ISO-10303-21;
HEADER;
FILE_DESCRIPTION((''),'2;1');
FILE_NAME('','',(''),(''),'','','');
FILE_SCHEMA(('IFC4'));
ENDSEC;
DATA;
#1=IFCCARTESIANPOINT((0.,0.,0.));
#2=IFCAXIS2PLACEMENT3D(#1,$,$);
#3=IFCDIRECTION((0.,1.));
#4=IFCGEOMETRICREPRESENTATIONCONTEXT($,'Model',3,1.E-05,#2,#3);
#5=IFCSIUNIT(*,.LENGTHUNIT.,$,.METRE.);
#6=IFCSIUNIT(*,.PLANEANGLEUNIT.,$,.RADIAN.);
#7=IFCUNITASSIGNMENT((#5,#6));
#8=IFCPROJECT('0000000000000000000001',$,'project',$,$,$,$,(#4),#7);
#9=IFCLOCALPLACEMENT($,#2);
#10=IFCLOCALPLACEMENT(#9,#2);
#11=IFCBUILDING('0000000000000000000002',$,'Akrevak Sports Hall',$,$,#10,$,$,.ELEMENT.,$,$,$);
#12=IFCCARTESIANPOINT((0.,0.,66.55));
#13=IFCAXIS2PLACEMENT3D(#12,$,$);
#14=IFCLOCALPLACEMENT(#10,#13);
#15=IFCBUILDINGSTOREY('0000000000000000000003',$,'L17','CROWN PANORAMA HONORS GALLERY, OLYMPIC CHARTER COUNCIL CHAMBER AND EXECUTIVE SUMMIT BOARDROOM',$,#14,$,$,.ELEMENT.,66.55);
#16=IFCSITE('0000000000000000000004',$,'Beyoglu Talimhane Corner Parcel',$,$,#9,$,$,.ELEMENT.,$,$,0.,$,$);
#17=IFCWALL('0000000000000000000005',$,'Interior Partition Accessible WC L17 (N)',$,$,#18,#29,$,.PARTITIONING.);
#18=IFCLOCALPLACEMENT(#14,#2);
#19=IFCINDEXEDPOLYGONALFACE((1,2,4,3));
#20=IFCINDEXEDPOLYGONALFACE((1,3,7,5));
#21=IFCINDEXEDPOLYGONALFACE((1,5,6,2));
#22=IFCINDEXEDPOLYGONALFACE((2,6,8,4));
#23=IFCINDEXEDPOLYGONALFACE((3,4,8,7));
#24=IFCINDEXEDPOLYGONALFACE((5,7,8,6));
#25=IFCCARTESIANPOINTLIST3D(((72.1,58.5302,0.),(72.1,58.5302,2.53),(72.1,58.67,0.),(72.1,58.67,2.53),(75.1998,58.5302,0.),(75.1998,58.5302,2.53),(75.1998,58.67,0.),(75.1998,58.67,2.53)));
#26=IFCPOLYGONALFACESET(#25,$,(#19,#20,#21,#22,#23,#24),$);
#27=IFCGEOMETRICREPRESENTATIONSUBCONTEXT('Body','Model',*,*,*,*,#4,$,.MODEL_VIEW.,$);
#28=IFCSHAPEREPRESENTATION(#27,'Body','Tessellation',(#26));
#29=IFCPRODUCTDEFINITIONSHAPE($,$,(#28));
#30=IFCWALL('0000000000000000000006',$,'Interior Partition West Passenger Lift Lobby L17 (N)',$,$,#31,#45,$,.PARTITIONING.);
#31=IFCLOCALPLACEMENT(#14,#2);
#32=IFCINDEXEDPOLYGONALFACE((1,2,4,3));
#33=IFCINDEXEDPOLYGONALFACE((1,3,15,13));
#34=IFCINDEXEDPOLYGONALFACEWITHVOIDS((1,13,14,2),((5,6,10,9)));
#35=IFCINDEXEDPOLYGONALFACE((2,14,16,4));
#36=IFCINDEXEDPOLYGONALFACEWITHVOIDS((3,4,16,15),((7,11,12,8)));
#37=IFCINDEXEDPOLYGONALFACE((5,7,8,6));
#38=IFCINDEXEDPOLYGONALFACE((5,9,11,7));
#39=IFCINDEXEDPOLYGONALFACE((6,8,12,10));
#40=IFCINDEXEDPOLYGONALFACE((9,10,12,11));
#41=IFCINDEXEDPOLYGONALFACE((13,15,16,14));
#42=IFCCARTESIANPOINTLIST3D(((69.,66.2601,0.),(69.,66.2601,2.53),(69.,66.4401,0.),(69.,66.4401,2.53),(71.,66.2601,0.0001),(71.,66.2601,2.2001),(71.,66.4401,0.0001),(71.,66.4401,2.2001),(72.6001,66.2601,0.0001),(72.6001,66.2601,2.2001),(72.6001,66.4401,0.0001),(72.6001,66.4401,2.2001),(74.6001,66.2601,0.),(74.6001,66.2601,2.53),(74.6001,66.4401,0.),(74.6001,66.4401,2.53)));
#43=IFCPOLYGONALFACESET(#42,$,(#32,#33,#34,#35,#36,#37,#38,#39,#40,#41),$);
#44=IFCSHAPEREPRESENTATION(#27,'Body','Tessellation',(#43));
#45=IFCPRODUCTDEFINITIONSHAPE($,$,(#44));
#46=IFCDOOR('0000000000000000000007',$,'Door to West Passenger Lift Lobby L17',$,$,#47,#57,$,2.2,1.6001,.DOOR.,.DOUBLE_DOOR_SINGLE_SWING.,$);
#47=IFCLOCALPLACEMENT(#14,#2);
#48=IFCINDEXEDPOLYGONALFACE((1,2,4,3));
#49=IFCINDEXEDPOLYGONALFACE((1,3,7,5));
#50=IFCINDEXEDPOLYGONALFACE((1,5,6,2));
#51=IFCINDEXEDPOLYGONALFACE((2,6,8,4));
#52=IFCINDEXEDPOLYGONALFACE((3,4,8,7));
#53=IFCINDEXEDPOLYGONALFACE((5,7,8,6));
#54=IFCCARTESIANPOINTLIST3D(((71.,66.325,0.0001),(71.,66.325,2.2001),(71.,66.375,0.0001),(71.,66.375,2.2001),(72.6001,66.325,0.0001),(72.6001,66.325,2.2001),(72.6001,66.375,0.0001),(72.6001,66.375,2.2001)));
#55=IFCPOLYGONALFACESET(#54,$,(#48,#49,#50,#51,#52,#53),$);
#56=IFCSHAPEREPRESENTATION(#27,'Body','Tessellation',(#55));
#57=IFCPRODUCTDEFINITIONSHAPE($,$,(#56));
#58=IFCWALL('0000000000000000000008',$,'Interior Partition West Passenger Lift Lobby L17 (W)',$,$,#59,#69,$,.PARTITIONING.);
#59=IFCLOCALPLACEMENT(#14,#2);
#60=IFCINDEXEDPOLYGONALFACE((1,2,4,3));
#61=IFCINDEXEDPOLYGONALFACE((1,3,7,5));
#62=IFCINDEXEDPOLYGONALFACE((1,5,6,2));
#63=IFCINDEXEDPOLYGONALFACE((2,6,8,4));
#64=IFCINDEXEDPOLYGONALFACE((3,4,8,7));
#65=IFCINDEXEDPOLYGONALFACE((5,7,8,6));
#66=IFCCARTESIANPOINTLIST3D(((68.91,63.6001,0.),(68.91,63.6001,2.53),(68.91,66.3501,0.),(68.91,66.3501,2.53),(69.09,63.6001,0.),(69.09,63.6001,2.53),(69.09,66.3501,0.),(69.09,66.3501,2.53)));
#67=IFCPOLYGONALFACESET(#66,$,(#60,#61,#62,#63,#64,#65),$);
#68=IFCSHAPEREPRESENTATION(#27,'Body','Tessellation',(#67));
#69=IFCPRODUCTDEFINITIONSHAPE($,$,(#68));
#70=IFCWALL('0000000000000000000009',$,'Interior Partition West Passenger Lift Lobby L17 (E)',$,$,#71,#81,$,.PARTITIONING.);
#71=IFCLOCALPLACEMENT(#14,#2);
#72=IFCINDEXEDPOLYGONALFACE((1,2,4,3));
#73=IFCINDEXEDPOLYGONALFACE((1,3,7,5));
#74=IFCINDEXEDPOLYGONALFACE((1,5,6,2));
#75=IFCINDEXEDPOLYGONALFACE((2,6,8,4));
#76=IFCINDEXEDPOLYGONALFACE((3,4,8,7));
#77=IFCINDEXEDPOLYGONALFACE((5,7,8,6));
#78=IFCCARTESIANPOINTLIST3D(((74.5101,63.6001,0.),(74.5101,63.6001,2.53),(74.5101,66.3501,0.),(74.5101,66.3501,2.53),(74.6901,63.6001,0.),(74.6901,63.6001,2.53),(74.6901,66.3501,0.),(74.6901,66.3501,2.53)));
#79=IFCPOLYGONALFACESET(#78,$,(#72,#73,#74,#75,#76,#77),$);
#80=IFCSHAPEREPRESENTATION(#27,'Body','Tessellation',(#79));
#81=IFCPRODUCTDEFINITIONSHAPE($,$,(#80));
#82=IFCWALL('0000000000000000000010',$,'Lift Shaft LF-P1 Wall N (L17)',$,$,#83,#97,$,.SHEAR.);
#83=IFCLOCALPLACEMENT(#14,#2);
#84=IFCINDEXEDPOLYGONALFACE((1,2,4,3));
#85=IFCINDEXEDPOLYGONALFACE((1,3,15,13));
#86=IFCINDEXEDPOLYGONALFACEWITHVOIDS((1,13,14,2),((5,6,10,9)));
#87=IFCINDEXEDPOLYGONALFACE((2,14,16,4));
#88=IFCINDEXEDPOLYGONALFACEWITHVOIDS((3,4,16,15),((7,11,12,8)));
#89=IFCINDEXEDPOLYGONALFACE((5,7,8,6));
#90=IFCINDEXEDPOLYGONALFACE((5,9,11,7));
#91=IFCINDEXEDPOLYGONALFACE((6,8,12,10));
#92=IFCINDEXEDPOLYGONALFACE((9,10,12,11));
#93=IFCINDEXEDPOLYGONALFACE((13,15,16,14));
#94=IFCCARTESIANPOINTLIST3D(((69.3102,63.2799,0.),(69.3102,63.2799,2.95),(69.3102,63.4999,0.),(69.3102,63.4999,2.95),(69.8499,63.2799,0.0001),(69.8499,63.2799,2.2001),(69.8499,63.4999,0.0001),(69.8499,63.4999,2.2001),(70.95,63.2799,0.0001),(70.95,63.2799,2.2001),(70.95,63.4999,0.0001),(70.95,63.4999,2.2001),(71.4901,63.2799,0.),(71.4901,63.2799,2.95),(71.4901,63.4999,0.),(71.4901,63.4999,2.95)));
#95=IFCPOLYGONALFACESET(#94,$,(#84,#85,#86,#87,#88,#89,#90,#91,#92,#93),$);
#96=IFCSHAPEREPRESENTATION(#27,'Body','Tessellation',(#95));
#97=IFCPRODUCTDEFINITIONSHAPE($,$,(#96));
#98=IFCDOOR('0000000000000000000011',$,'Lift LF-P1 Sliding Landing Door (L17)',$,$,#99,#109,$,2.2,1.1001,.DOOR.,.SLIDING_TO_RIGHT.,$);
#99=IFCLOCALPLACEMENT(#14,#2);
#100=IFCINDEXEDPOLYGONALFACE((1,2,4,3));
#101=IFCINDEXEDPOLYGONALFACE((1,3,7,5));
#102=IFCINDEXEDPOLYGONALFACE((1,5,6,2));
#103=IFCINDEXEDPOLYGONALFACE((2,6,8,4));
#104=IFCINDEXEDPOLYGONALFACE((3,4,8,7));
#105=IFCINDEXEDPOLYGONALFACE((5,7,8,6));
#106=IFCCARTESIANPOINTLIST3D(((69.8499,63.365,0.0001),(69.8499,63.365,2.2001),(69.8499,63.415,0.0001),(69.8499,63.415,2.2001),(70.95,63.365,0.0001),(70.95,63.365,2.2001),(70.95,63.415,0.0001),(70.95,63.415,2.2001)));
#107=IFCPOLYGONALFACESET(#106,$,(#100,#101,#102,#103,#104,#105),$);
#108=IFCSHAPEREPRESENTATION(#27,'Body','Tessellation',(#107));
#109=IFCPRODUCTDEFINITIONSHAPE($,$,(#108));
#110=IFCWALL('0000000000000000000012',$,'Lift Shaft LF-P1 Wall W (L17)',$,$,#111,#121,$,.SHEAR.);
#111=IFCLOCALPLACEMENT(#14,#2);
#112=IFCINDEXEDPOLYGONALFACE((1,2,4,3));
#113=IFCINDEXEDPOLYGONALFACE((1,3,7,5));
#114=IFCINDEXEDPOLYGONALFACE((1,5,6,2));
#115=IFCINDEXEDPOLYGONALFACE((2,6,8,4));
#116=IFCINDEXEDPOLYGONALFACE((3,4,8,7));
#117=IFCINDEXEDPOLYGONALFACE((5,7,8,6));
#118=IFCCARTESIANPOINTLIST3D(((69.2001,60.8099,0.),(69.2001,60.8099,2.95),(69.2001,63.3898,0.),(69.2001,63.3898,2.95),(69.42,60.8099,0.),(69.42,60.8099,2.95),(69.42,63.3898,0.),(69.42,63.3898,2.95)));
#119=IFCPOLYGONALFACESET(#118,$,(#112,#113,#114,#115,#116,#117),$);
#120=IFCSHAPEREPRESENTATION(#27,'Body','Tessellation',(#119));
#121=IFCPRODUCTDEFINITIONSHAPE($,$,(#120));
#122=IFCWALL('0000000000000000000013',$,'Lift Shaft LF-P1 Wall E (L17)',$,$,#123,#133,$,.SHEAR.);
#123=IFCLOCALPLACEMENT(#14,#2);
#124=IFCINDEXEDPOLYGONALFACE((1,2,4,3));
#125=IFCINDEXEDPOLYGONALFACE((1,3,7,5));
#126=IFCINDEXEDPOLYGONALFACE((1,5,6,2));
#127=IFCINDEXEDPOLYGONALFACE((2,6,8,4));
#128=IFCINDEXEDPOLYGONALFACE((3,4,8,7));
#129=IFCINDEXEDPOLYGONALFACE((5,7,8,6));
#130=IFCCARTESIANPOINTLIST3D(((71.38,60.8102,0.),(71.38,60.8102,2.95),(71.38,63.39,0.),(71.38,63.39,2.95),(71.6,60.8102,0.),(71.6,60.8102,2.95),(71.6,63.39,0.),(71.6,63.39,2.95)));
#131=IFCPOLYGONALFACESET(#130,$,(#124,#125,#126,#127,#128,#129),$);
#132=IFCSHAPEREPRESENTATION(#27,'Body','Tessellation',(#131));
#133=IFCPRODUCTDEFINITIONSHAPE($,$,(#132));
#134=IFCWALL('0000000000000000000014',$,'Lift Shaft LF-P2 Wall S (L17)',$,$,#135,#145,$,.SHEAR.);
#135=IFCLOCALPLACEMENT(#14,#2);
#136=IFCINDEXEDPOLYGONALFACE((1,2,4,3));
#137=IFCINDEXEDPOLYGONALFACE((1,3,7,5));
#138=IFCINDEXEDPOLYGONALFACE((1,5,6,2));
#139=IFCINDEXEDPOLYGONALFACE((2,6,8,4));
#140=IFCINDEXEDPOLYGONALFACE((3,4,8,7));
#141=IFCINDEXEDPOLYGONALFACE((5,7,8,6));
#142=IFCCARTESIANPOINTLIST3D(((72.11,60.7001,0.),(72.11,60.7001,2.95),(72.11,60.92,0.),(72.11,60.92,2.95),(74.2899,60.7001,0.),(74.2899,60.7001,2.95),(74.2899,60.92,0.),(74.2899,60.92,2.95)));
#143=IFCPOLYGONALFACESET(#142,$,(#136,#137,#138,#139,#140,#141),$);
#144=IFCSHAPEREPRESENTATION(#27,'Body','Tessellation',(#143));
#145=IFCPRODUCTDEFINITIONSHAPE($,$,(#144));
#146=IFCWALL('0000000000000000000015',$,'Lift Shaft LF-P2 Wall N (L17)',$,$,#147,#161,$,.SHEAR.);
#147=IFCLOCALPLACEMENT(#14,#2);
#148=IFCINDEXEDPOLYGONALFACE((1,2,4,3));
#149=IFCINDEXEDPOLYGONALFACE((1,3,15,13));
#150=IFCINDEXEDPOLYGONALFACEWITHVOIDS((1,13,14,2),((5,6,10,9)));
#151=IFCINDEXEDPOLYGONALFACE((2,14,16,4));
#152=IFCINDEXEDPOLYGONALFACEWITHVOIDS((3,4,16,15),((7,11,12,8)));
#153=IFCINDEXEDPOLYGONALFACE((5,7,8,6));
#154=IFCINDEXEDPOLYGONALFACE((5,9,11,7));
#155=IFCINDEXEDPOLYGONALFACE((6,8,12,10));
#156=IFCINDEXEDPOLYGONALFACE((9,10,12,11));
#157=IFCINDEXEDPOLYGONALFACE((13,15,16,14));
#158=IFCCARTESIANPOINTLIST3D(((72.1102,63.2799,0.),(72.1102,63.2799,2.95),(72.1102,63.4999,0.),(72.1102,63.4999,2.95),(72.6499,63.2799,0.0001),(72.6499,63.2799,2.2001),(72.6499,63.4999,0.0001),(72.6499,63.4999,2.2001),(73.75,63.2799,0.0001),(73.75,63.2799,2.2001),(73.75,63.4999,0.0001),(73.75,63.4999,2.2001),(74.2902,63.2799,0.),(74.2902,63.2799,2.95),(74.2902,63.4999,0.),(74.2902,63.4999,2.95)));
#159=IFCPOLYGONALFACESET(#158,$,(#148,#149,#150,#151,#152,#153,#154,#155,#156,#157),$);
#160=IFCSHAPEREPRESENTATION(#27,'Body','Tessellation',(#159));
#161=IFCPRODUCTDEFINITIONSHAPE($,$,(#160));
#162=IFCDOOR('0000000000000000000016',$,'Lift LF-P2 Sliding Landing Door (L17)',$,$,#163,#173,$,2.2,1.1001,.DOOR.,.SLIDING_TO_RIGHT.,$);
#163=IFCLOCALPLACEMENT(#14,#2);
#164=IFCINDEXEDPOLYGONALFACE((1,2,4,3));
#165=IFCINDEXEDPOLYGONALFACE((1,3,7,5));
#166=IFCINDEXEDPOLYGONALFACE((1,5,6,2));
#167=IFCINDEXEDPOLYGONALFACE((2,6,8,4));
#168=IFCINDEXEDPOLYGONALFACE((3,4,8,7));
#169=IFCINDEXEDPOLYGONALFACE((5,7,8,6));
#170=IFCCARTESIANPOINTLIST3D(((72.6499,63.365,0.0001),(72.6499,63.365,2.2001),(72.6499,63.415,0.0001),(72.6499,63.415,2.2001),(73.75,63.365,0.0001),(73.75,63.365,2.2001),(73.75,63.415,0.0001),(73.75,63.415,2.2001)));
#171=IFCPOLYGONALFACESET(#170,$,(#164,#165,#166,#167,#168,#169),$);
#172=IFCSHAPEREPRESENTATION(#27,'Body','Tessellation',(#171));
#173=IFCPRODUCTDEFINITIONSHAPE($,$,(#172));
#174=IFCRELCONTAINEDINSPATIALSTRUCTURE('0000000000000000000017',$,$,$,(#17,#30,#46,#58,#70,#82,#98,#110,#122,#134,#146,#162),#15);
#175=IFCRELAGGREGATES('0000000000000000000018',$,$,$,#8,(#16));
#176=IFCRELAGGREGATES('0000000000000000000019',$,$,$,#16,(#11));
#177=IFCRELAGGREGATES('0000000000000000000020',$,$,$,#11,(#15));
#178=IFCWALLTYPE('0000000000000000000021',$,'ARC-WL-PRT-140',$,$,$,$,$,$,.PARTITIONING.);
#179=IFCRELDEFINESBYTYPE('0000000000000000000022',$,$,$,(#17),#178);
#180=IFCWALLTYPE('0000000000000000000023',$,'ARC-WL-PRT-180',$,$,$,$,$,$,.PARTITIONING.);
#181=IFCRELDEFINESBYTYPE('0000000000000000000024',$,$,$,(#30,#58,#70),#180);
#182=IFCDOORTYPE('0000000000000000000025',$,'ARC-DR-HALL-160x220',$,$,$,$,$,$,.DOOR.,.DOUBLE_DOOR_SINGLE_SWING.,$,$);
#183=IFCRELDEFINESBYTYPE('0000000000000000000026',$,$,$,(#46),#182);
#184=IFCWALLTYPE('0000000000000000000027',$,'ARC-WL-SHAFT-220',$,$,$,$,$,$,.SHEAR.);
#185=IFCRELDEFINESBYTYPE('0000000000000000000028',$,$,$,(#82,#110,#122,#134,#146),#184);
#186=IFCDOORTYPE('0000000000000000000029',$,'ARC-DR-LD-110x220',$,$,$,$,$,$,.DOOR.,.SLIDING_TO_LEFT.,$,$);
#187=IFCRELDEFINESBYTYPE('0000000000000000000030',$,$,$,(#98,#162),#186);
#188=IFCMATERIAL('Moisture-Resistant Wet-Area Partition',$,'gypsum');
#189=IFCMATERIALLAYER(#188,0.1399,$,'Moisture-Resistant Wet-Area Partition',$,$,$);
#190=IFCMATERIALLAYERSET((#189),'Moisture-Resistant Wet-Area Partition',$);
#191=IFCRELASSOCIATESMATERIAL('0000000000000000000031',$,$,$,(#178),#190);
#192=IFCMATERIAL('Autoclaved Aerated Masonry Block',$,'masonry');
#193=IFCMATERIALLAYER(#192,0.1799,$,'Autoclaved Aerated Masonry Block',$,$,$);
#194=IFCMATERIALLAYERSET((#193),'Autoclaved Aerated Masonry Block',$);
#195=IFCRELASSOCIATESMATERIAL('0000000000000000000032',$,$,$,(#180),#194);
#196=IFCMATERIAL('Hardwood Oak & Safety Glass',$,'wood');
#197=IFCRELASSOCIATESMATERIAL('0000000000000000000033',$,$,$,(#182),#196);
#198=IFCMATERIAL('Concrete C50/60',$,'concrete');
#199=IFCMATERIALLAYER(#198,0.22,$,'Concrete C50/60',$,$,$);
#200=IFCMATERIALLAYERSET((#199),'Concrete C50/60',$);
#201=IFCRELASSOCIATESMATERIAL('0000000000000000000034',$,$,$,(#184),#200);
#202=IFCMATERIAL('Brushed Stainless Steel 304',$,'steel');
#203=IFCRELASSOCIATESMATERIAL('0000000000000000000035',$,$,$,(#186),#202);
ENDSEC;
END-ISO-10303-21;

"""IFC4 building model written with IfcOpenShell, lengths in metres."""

from ifc_helpers import new_model, si_unit, direction, frame, frame_2d, origin, place, context, subcontext, project, spatial, rectangle, extrude, material, layer, layer_set, type_object, element, fill, save


model = new_model("IFC4")

# Units and contexts
model_context = context("Model", 3, precision=1e-05, world=origin(), true_north=direction((0.0, 1.0)))
body_context = subcontext(model_context, "Body", "Model", "MODEL_VIEW")
ifc_project = project(units=[si_unit("LENGTHUNIT", "METRE"), si_unit("PLANEANGLEUNIT", "RADIAN")], contexts=[model_context])

# Site, building, storey
site_placement = place(None, origin())
site = spatial("IfcSite", under=ifc_project, at=site_placement, Name="Beyoglu Talimhane Corner Parcel", CompositionType="ELEMENT", RefElevation=0.0)
building_placement = place(site_placement, origin())
building = spatial("IfcBuilding", under=site, at=building_placement, Name="Akrevak Sports Hall", CompositionType="ELEMENT")
storey_placement = place(building_placement, frame((0.0, 0.0, 66.55)))
storey = spatial("IfcBuildingStorey", under=building, at=storey_placement, Name="L17", Description="CROWN PANORAMA HONORS GALLERY, OLYMPIC CHARTER COUNCIL CHAMBER AND EXECUTIVE SUMMIT BOARDROOM", CompositionType="ELEMENT", Elevation=66.55)

# Wall
ifc_material_1 = material(Name="Moisture-Resistant Wet-Area Partition", Category="gypsum")
ifc_layer_1 = layer(ifc_material_1, 0.1399, Name="Moisture-Resistant Wet-Area Partition")
ifc_layer_set_1 = layer_set([ifc_layer_1], Name="Moisture-Resistant Wet-Area Partition")
wall_type_1 = type_object("IfcWallType", Name="ARC-WL-PRT-140", PredefinedType="PARTITIONING", material=ifc_layer_set_1)
for number, where, z_axis, x_axis, name in (
    (1, (72.1001, 58.6001, 0.0), (0.0, 0.0, 1.0), (1.0, 0.0, 0.0), "Interior Partition Accessible WC L17 (N)"),
):
    element("IfcWall", number, at=place(storey_placement, frame(where, z_axis=z_axis, x_axis=x_axis)), inside=storey, type_object=wall_type_1, Name=name, PredefinedType="PARTITIONING", context=body_context, shape_type="SweptSolid", body=[
        extrude(rectangle(XDim=3.0999, YDim=0.1399, at=frame_2d((1.5498, 0.0))), origin(), (0.0, 0.0, 1.0), 2.53),
    ])

# Wall, opening, door
ifc_material_2 = material(Name="Autoclaved Aerated Masonry Block", Category="masonry")
ifc_layer_2 = layer(ifc_material_2, 0.1799, Name="Autoclaved Aerated Masonry Block")
ifc_layer_set_2 = layer_set([ifc_layer_2], Name="Autoclaved Aerated Masonry Block")
wall_type_2 = type_object("IfcWallType", Name="ARC-WL-PRT-180", PredefinedType="PARTITIONING", material=ifc_layer_set_2)
wall_1_placement = place(storey_placement, frame((69.0, 66.3501, 0.0), z_axis=(0.0, 0.0, 1.0), x_axis=(1.0, 0.0, 0.0)))
wall_1 = element("IfcWall", 2, at=wall_1_placement, inside=storey, type_object=wall_type_2, Name="Interior Partition West Passenger Lift Lobby L17 (N)", PredefinedType="PARTITIONING", context=body_context, shape_type="SweptSolid", body=[
    extrude(rectangle(XDim=5.6001, YDim=0.1799, at=frame_2d((2.8, 0.0))), origin(), (0.0, 0.0, 1.0), 2.53),
])
opening_1_placement = place(wall_1_placement, frame((2.0, 0.0, 0.0)))
opening_1 = element("IfcOpeningElement", 3, at=opening_1_placement, cuts=wall_1, PredefinedType="OPENING", context=body_context, shape_type="SweptSolid", body=[
    extrude(rectangle(XDim=1.6001, YDim=2.2, at=frame_2d((0.8, 1.1001))), frame((0.0, 0.1021, 0.0), z_axis=(0.0, -1.0, 0.0), x_axis=(1.0, 0.0, 0.0)), (0.0, 0.0, 1.0), 0.2039),
])
ifc_material_3 = material(Name="Hardwood Oak & Safety Glass", Category="wood")
door_type_1 = type_object("IfcDoorType", Name="ARC-DR-HALL-160x220", OperationType="DOUBLE_DOOR_SINGLE_SWING", PredefinedType="DOOR", material=ifc_material_3)
door_1_placement = place(opening_1_placement, origin())
door_1 = element("IfcDoor", 4, at=door_1_placement, inside=storey, type_object=door_type_1, Name="Door to West Passenger Lift Lobby L17", OperationType="DOUBLE_DOOR_SINGLE_SWING", OverallHeight=2.2, OverallWidth=1.6001, PredefinedType="DOOR", context=body_context, shape_type="SweptSolid", body=[
    extrude(rectangle(XDim=1.6001, YDim=2.2, at=frame_2d((0.8, 1.1001))), frame((0.0, 0.0249, 0.0), z_axis=(0.0, -1.0, 0.0), x_axis=(1.0, 0.0, 0.0)), (0.0, 0.0, 1.0), 0.05),
])
fill(opening_1, door_1)

# Walls
for number, where, z_axis, x_axis, name in (
    (5, (69.0, 63.6001, 0.0), (0.0, 0.0, 1.0), (0.0, 1.0, 0.0), "Interior Partition West Passenger Lift Lobby L17 (W)"),
    (6, (74.6001, 63.6001, 0.0), (0.0, 0.0, 1.0), (0.0, 1.0, 0.0), "Interior Partition West Passenger Lift Lobby L17 (E)"),
):
    element("IfcWall", number, at=place(storey_placement, frame(where, z_axis=z_axis, x_axis=x_axis)), inside=storey, type_object=wall_type_2, Name=name, PredefinedType="PARTITIONING", context=body_context, shape_type="SweptSolid", body=[
        extrude(rectangle(XDim=2.75, YDim=0.1799, at=frame_2d((1.375, 0.0))), origin(), (0.0, 0.0, 1.0), 2.53),
    ])
ifc_material_4 = material(Name="Concrete C50/60", Category="concrete")
ifc_layer_3 = layer(ifc_material_4, 0.22, Name="Concrete C50/60")
ifc_layer_set_3 = layer_set([ifc_layer_3], Name="Concrete C50/60")
wall_type_3 = type_object("IfcWallType", Name="ARC-WL-SHAFT-220", PredefinedType="SHEAR", material=ifc_layer_set_3)

# Wall, opening, door
wall_2_placement = place(storey_placement, frame((71.49, 63.3899, 0.0), z_axis=(0.0, 0.0, 1.0), x_axis=(-1.0, 0.0, 0.0)))
wall_2 = element("IfcWall", 7, at=wall_2_placement, inside=storey, type_object=wall_type_3, Name="Lift Shaft LF-P1 Wall N (L17)", PredefinedType="SHEAR", context=body_context, shape_type="SweptSolid", body=[
    extrude(rectangle(XDim=2.1799, YDim=0.22, at=frame_2d((1.0898, 0.0))), origin(), (0.0, 0.0, 1.0), 2.95),
])
opening_2_placement = place(wall_2_placement, frame((0.54, 0.0, 0.0)))
opening_2 = element("IfcOpeningElement", 8, at=opening_2_placement, cuts=wall_2, PredefinedType="OPENING", context=body_context, shape_type="SweptSolid", body=[
    extrude(rectangle(XDim=1.1001, YDim=2.2, at=frame_2d((0.55, 1.1001))), frame((0.0, 0.1221, 0.0), z_axis=(0.0, -1.0, 0.0), x_axis=(1.0, 0.0, 0.0)), (0.0, 0.0, 1.0), 0.2439),
])
ifc_material_5 = material(Name="Brushed Stainless Steel 304", Category="steel")
door_type_2 = type_object("IfcDoorType", Name="ARC-DR-LD-110x220", OperationType="SLIDING_TO_LEFT", PredefinedType="DOOR", material=ifc_material_5)
door_2_placement = place(opening_2_placement, origin())
door_2 = element("IfcDoor", 9, at=door_2_placement, inside=storey, type_object=door_type_2, Name="Lift LF-P1 Sliding Landing Door (L17)", OperationType="SLIDING_TO_RIGHT", OverallHeight=2.2, OverallWidth=1.1001, PredefinedType="DOOR", context=body_context, shape_type="SweptSolid", body=[
    extrude(rectangle(XDim=1.1001, YDim=2.2, at=frame_2d((0.55, 1.1001))), frame((0.0, 0.0249, 0.0), z_axis=(0.0, -1.0, 0.0), x_axis=(1.0, 0.0, 0.0)), (0.0, 0.0, 1.0), 0.05),
])
fill(opening_2, door_2)

# Walls
for number, where, z_axis, x_axis, name in (
    (10, (69.3101, 63.3899, 0.0), (0.0, 0.0, 1.0), (0.0, -1.0, 0.0), "Lift Shaft LF-P1 Wall W (L17)"),
    (11, (71.49, 60.8101, 0.0), (0.0, 0.0, 1.0), (0.0, 1.0, 0.0), "Lift Shaft LF-P1 Wall E (L17)"),
):
    element("IfcWall", number, at=place(storey_placement, frame(where, z_axis=z_axis, x_axis=x_axis)), inside=storey, type_object=wall_type_3, Name=name, PredefinedType="SHEAR", context=body_context, shape_type="SweptSolid", body=[
        extrude(rectangle(XDim=2.5798, YDim=0.22, at=frame_2d((1.29, 0.0))), origin(), (0.0, 0.0, 1.0), 2.95),
    ])
wall_3_placement = place(storey_placement, frame((72.1101, 60.8101, 0.0), z_axis=(0.0, 0.0, 1.0), x_axis=(1.0, 0.0, 0.0)))
element("IfcWall", 12, at=wall_3_placement, inside=storey, type_object=wall_type_3, Name="Lift Shaft LF-P2 Wall S (L17)", PredefinedType="SHEAR", context=body_context, shape_type="SweptSolid", body=[
    extrude(rectangle(XDim=2.1799, YDim=0.22, at=frame_2d((1.0898, 0.0))), origin(), (0.0, 0.0, 1.0), 2.95),
])

# Wall, opening, door
wall_4_placement = place(storey_placement, frame((74.29, 63.3899, 0.0), z_axis=(0.0, 0.0, 1.0), x_axis=(-1.0, 0.0, 0.0)))
wall_4 = element("IfcWall", 13, at=wall_4_placement, inside=storey, type_object=wall_type_3, Name="Lift Shaft LF-P2 Wall N (L17)", PredefinedType="SHEAR", context=body_context, shape_type="SweptSolid", body=[
    extrude(rectangle(XDim=2.1799, YDim=0.22, at=frame_2d((1.0898, 0.0))), origin(), (0.0, 0.0, 1.0), 2.95),
])
opening_3_placement = place(wall_4_placement, frame((0.54, 0.0, 0.0)))
opening_3 = element("IfcOpeningElement", 14, at=opening_3_placement, cuts=wall_4, PredefinedType="OPENING", context=body_context, shape_type="SweptSolid", body=[
    extrude(rectangle(XDim=1.1001, YDim=2.2, at=frame_2d((0.55, 1.1001))), frame((0.0, 0.1221, 0.0), z_axis=(0.0, -1.0, 0.0), x_axis=(1.0, 0.0, 0.0)), (0.0, 0.0, 1.0), 0.2439),
])
door_3_placement = place(opening_3_placement, origin())
door_3 = element("IfcDoor", 15, at=door_3_placement, inside=storey, type_object=door_type_2, Name="Lift LF-P2 Sliding Landing Door (L17)", OperationType="SLIDING_TO_RIGHT", OverallHeight=2.2, OverallWidth=1.1001, PredefinedType="DOOR", context=body_context, shape_type="SweptSolid", body=[
    extrude(rectangle(XDim=1.1001, YDim=2.2, at=frame_2d((0.55, 1.1001))), frame((0.0, 0.0249, 0.0), z_axis=(0.0, -1.0, 0.0), x_axis=(1.0, 0.0, 0.0)), (0.0, 0.0, 1.0), 0.05),
])
fill(opening_3, door_3)

save(model, "model.ifc")
